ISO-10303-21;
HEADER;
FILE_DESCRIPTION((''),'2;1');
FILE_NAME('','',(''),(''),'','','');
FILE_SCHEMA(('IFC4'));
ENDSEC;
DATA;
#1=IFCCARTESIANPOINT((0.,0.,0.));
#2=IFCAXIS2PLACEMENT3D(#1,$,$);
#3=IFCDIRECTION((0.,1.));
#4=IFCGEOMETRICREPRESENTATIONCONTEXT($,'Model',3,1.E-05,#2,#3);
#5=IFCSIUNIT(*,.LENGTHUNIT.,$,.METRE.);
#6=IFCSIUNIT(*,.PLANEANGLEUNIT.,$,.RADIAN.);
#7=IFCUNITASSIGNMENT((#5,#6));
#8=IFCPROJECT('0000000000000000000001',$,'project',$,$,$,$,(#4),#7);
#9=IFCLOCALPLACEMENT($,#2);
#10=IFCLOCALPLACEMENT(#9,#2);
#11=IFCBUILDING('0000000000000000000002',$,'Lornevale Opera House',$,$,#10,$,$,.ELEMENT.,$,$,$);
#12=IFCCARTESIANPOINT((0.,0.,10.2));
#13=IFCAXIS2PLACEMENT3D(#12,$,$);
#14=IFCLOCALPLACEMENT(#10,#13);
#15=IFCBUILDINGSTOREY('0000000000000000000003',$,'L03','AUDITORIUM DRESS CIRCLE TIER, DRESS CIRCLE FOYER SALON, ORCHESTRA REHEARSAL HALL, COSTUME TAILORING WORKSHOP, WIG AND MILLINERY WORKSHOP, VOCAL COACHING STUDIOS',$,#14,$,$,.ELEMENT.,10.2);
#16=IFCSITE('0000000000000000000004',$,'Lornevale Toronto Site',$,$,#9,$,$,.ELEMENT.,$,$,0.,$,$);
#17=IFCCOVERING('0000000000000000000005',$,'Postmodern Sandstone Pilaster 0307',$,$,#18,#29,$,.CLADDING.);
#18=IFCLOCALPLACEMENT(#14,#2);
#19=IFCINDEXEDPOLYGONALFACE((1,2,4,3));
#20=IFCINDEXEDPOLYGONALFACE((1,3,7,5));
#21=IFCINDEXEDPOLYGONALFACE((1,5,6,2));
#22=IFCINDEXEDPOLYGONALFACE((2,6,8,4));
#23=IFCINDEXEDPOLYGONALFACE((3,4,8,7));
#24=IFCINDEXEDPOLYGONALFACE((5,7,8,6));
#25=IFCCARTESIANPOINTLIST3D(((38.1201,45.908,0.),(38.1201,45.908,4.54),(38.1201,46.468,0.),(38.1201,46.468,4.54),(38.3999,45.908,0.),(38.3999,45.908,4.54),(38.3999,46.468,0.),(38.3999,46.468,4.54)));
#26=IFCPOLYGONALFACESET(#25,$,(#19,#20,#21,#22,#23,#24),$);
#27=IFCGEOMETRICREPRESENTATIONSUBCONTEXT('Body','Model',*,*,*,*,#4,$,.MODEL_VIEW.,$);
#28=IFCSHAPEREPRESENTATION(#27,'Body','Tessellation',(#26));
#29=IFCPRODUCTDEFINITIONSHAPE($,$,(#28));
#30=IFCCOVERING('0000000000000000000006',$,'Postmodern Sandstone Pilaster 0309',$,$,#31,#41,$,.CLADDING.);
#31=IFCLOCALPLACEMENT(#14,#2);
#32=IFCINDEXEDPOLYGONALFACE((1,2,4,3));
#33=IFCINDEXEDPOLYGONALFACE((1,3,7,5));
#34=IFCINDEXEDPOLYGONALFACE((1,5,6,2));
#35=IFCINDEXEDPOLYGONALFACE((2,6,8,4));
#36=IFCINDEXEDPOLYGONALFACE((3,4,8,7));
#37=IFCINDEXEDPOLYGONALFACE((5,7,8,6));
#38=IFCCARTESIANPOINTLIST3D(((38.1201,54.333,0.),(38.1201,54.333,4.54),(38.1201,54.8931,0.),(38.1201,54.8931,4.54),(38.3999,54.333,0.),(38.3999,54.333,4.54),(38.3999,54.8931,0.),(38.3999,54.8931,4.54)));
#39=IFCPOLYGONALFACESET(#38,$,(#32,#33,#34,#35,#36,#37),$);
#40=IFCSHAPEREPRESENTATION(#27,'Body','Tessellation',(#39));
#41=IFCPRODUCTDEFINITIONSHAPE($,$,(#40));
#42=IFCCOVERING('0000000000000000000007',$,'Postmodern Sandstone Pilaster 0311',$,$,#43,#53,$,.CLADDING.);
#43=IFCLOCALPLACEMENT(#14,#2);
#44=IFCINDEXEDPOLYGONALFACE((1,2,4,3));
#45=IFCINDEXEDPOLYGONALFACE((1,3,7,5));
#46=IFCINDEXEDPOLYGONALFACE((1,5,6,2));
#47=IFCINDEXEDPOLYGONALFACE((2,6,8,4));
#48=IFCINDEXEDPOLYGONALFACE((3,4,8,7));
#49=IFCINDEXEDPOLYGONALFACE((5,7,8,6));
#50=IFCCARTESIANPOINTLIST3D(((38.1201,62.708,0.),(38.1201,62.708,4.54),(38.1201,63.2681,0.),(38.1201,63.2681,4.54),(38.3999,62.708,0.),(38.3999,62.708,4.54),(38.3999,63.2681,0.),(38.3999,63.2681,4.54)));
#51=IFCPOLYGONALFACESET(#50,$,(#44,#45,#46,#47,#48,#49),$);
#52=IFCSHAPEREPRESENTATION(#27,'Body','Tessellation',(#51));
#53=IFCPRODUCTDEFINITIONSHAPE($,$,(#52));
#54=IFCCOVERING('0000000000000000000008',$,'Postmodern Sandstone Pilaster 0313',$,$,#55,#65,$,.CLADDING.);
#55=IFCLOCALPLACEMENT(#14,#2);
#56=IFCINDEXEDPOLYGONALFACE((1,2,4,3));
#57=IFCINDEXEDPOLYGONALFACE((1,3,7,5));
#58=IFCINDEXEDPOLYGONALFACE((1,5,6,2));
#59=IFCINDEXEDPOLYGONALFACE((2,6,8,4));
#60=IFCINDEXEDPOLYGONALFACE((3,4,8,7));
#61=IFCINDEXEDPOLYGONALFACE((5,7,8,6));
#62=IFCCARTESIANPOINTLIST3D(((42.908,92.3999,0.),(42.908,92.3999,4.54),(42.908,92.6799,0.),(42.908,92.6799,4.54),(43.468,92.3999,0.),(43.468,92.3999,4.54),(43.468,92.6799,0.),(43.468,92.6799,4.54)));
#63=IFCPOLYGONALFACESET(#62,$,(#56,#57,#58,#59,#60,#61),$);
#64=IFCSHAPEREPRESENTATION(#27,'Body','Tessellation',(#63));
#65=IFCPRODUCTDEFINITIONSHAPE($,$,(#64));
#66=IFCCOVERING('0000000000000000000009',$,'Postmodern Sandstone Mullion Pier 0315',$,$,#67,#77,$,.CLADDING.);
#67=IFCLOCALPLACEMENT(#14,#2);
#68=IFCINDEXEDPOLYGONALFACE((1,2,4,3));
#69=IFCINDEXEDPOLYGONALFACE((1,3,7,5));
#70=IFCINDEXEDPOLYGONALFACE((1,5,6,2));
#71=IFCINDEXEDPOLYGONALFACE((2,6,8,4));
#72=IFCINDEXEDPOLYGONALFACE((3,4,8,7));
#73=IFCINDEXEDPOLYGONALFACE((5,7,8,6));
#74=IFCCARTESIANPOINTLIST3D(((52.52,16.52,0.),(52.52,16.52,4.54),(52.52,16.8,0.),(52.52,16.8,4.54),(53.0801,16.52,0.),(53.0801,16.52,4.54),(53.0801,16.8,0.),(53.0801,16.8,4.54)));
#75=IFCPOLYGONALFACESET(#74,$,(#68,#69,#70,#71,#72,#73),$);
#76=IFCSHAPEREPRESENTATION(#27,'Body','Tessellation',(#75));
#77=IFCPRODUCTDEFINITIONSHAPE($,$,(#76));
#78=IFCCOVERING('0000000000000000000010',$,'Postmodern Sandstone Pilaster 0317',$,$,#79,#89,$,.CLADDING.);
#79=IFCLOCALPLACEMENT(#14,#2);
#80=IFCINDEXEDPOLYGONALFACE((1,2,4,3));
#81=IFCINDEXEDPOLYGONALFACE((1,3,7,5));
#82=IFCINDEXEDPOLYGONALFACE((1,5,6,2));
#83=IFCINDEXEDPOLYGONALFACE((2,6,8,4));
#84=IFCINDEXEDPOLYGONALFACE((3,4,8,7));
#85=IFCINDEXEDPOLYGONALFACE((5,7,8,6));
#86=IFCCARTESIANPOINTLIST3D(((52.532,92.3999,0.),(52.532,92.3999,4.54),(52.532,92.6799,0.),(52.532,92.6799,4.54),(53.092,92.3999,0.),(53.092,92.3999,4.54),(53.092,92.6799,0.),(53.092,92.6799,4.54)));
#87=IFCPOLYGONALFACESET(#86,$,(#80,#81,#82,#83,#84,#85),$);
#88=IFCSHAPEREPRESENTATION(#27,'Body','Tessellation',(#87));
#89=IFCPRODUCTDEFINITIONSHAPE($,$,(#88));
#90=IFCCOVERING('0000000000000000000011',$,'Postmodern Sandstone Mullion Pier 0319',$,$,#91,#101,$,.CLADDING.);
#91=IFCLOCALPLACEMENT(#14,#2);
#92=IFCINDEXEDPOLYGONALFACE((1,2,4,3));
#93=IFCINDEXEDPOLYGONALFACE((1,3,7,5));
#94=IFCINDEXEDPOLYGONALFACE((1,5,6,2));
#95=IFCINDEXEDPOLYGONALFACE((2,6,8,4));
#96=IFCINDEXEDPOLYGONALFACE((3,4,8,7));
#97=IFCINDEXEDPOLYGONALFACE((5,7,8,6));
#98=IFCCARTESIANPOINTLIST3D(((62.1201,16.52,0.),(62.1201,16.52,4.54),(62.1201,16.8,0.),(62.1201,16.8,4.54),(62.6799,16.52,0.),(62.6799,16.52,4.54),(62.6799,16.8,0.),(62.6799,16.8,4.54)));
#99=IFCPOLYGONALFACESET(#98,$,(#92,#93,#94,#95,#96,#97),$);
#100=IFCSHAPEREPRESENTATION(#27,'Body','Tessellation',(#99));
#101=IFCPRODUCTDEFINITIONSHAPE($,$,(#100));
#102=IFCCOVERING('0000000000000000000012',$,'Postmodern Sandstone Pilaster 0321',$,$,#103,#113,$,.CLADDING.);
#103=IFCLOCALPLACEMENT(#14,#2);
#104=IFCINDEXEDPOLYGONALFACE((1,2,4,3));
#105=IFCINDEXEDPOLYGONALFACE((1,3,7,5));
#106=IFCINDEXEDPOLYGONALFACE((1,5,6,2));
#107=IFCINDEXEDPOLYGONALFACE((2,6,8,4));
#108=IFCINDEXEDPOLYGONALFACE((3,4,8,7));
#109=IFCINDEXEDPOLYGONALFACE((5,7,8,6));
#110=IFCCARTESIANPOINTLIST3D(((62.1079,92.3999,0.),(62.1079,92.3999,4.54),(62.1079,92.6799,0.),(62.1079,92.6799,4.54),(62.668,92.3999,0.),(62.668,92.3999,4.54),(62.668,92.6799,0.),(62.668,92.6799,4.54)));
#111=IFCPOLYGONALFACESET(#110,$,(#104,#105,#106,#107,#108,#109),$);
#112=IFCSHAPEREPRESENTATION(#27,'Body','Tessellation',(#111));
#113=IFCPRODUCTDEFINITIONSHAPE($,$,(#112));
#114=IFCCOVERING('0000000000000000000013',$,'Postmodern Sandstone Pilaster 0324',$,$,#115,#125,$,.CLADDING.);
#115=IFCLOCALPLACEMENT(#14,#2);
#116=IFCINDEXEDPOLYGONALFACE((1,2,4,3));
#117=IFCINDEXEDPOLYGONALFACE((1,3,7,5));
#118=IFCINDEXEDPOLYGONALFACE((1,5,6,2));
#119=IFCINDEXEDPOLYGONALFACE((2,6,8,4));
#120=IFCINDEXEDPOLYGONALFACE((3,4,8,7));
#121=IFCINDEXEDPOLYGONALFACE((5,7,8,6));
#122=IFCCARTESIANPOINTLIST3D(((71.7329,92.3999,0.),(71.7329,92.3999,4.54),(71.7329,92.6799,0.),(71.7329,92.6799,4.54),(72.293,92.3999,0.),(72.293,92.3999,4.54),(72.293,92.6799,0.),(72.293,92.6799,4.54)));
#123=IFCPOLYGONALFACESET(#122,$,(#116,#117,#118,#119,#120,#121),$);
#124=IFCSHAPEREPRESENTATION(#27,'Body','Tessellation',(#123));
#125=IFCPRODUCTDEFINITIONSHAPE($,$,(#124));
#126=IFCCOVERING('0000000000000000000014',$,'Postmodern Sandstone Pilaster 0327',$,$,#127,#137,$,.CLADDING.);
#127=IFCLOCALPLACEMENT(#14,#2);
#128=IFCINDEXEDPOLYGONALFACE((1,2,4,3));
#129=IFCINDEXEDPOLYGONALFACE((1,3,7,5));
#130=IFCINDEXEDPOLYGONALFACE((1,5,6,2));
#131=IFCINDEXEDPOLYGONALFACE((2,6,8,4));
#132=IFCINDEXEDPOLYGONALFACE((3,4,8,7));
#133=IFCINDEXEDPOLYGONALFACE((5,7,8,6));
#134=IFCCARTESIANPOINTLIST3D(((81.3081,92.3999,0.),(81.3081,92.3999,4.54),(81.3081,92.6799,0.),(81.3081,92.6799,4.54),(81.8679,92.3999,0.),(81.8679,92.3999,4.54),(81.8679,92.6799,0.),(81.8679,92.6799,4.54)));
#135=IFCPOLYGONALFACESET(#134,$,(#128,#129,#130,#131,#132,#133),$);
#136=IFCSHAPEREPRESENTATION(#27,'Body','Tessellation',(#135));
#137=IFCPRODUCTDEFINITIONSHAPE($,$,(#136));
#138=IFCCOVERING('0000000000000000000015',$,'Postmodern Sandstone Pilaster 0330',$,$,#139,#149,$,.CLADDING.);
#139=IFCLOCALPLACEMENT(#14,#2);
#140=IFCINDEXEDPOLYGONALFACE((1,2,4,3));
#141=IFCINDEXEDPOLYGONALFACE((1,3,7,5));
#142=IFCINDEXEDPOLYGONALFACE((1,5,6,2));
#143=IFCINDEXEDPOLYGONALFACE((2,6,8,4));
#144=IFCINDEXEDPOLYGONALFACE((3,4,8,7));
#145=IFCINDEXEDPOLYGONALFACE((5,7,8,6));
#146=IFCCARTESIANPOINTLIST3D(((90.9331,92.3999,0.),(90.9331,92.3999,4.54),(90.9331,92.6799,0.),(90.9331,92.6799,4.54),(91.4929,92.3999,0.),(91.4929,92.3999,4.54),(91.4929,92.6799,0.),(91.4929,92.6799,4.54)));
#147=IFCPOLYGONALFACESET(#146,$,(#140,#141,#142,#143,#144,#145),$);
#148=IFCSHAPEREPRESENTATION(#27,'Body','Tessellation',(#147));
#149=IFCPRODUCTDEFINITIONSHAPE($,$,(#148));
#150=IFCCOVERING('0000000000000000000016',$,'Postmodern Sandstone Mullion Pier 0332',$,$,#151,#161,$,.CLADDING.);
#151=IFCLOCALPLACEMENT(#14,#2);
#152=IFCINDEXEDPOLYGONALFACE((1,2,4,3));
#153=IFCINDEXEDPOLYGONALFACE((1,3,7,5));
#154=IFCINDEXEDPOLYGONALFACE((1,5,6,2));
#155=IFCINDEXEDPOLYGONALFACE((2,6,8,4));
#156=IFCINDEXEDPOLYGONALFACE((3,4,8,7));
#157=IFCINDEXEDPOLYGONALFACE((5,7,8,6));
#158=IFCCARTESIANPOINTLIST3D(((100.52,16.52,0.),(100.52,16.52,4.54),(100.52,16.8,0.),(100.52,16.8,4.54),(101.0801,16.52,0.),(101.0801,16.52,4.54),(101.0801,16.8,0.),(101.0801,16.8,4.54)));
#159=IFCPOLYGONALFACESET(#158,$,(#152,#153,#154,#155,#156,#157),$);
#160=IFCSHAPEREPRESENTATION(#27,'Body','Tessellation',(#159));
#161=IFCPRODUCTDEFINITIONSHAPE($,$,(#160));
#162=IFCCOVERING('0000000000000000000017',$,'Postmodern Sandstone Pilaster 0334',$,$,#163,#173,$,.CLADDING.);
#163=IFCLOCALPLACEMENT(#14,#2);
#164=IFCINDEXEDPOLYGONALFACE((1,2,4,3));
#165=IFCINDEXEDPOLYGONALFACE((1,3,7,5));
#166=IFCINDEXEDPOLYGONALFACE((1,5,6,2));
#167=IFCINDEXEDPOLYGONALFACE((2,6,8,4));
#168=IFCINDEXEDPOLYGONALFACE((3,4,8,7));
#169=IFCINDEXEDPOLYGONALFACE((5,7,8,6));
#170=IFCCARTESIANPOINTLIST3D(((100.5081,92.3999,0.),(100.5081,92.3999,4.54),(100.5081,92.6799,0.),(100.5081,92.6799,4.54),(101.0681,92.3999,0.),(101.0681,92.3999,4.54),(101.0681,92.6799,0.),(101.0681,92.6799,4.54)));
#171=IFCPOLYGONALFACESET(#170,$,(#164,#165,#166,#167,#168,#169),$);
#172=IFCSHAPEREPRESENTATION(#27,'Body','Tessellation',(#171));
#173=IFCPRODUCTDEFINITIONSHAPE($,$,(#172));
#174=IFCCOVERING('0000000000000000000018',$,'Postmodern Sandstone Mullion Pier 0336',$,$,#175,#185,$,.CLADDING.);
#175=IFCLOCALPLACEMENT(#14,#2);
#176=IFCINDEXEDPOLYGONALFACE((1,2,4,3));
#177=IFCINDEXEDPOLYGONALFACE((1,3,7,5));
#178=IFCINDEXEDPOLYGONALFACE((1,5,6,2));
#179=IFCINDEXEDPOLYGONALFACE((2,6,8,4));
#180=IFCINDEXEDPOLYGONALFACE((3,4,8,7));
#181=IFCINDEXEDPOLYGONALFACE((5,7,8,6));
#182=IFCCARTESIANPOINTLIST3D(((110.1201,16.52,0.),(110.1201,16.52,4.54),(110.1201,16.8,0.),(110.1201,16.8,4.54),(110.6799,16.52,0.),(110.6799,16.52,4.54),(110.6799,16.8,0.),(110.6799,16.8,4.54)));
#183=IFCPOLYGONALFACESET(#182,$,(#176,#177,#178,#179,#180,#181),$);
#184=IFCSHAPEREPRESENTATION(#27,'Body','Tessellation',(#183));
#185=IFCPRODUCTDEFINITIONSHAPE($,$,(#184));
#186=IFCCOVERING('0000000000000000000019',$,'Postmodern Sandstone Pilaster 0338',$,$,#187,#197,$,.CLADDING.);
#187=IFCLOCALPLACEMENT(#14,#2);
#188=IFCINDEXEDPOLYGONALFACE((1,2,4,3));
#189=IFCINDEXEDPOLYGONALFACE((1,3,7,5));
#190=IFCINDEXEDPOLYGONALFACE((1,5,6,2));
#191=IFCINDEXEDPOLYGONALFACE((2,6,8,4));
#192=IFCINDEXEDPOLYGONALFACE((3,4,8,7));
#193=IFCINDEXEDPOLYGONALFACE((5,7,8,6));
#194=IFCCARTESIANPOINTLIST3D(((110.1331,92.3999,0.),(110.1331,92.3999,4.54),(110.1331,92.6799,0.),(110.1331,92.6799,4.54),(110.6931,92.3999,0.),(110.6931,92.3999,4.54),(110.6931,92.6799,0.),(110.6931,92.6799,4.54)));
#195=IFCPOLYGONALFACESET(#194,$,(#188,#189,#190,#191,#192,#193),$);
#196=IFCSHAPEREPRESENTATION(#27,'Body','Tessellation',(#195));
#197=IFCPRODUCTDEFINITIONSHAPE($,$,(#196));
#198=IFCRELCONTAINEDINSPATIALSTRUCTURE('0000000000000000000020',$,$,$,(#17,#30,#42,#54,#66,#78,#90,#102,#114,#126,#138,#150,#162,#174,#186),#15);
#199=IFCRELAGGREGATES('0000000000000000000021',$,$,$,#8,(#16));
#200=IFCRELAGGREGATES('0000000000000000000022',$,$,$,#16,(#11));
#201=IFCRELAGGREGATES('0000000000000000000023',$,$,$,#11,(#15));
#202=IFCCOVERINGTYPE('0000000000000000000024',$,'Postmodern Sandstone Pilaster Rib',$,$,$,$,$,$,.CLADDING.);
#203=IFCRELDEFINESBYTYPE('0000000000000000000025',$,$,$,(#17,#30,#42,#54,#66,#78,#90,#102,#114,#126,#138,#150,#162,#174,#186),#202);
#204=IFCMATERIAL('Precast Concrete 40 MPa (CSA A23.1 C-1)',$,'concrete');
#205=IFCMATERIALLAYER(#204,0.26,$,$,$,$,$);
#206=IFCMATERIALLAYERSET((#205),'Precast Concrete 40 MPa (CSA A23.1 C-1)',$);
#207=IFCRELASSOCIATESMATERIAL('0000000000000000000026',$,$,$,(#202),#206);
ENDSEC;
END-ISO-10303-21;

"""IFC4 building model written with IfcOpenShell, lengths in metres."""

from ifc_helpers import new_model, si_unit, direction, frame, origin, place, context, subcontext, project, spatial, polyline, outline, extrude, material, layer, layer_set, type_object, element, save


model = new_model("IFC4")

# Units and contexts
model_context = context("Model", 3, precision=1e-05, world=origin(), true_north=direction((0.0, 1.0)))
body_context = subcontext(model_context, "Body", "Model", "MODEL_VIEW")
ifc_project = project(units=[si_unit("LENGTHUNIT", "METRE"), si_unit("PLANEANGLEUNIT", "RADIAN")], contexts=[model_context])

# Site, building, storey
site_placement = place(None, origin())
site = spatial("IfcSite", under=ifc_project, at=site_placement, Name="Lornevale Toronto Site", CompositionType="ELEMENT", RefElevation=0.0)
building_placement = place(site_placement, origin())
building = spatial("IfcBuilding", under=site, at=building_placement, Name="Lornevale Opera House", CompositionType="ELEMENT")
storey_placement = place(building_placement, frame((0.0, 0.0, 10.2)))
storey = spatial("IfcBuildingStorey", under=building, at=storey_placement, Name="L03", Description="AUDITORIUM DRESS CIRCLE TIER, DRESS CIRCLE FOYER SALON, ORCHESTRA REHEARSAL HALL, COSTUME TAILORING WORKSHOP, WIG AND MILLINERY WORKSHOP, VOCAL COACHING STUDIOS", CompositionType="ELEMENT", Elevation=10.2)

# Coverings
ifc_material_1 = material(Name="Precast Concrete 40 MPa (CSA A23.1 C-1)", Category="concrete")
ifc_layer_1 = layer(ifc_material_1, 0.26)
ifc_layer_set_1 = layer_set([ifc_layer_1], Name="Precast Concrete 40 MPa (CSA A23.1 C-1)")
covering_type_1 = type_object("IfcCoveringType", Name="Postmodern Sandstone Pilaster Rib", PredefinedType="CLADDING", material=ifc_layer_set_1)
covering_1_placement = place(storey_placement, origin())
element("IfcCovering", 1, at=covering_1_placement, inside=storey, type_object=covering_type_1, Name="Postmodern Sandstone Pilaster 0307", PredefinedType="CLADDING", context=body_context, shape_type="SweptSolid", body=[
    extrude(outline(polyline([(38.3999, 45.908), (38.3999, 46.468), (38.1201, 46.468), (38.1201, 45.908), (38.3999, 45.908)])), origin(), (0.0, 0.0, 1.0), 4.54),
])
covering_2_placement = place(storey_placement, origin())
element("IfcCovering", 2, at=covering_2_placement, inside=storey, type_object=covering_type_1, Name="Postmodern Sandstone Pilaster 0309", PredefinedType="CLADDING", context=body_context, shape_type="SweptSolid", body=[
    extrude(outline(polyline([(38.3999, 54.333), (38.3999, 54.8931), (38.1201, 54.8931), (38.1201, 54.333), (38.3999, 54.333)])), origin(), (0.0, 0.0, 1.0), 4.54),
])
covering_3_placement = place(storey_placement, origin())
element("IfcCovering", 3, at=covering_3_placement, inside=storey, type_object=covering_type_1, Name="Postmodern Sandstone Pilaster 0311", PredefinedType="CLADDING", context=body_context, shape_type="SweptSolid", body=[
    extrude(outline(polyline([(38.3999, 62.708), (38.3999, 63.2681), (38.1201, 63.2681), (38.1201, 62.708), (38.3999, 62.708)])), origin(), (0.0, 0.0, 1.0), 4.54),
])
covering_4_placement = place(storey_placement, origin())
element("IfcCovering", 4, at=covering_4_placement, inside=storey, type_object=covering_type_1, Name="Postmodern Sandstone Pilaster 0313", PredefinedType="CLADDING", context=body_context, shape_type="SweptSolid", body=[
    extrude(outline(polyline([(42.908, 92.3999), (43.468, 92.3999), (43.468, 92.6799), (42.908, 92.6799), (42.908, 92.3999)])), origin(), (0.0, 0.0, 1.0), 4.54),
])
covering_5_placement = place(storey_placement, origin())
element("IfcCovering", 5, at=covering_5_placement, inside=storey, type_object=covering_type_1, Name="Postmodern Sandstone Mullion Pier 0315", PredefinedType="CLADDING", context=body_context, shape_type="SweptSolid", body=[
    extrude(outline(polyline([(53.0801, 16.8), (52.52, 16.8), (52.52, 16.52), (53.0801, 16.52), (53.0801, 16.8)])), origin(), (0.0, 0.0, 1.0), 4.54),
])
covering_6_placement = place(storey_placement, origin())
element("IfcCovering", 6, at=covering_6_placement, inside=storey, type_object=covering_type_1, Name="Postmodern Sandstone Pilaster 0317", PredefinedType="CLADDING", context=body_context, shape_type="SweptSolid", body=[
    extrude(outline(polyline([(52.532, 92.3999), (53.092, 92.3999), (53.092, 92.6799), (52.532, 92.6799), (52.532, 92.3999)])), origin(), (0.0, 0.0, 1.0), 4.54),
])
covering_7_placement = place(storey_placement, origin())
element("IfcCovering", 7, at=covering_7_placement, inside=storey, type_object=covering_type_1, Name="Postmodern Sandstone Mullion Pier 0319", PredefinedType="CLADDING", context=body_context, shape_type="SweptSolid", body=[
    extrude(outline(polyline([(62.6799, 16.8), (62.1201, 16.8), (62.1201, 16.52), (62.6799, 16.52), (62.6799, 16.8)])), origin(), (0.0, 0.0, 1.0), 4.54),
])
covering_8_placement = place(storey_placement, origin())
element("IfcCovering", 8, at=covering_8_placement, inside=storey, type_object=covering_type_1, Name="Postmodern Sandstone Pilaster 0321", PredefinedType="CLADDING", context=body_context, shape_type="SweptSolid", body=[
    extrude(outline(polyline([(62.1079, 92.3999), (62.668, 92.3999), (62.668, 92.6799), (62.1079, 92.6799), (62.1079, 92.3999)])), origin(), (0.0, 0.0, 1.0), 4.54),
])
covering_9_placement = place(storey_placement, origin())
element("IfcCovering", 9, at=covering_9_placement, inside=storey, type_object=covering_type_1, Name="Postmodern Sandstone Pilaster 0324", PredefinedType="CLADDING", context=body_context, shape_type="SweptSolid", body=[
    extrude(outline(polyline([(71.7329, 92.3999), (72.293, 92.3999), (72.293, 92.6799), (71.7329, 92.6799), (71.7329, 92.3999)])), origin(), (0.0, 0.0, 1.0), 4.54),
])
covering_10_placement = place(storey_placement, origin())
element("IfcCovering", 10, at=covering_10_placement, inside=storey, type_object=covering_type_1, Name="Postmodern Sandstone Pilaster 0327", PredefinedType="CLADDING", context=body_context, shape_type="SweptSolid", body=[
    extrude(outline(polyline([(81.3081, 92.3999), (81.8679, 92.3999), (81.8679, 92.6799), (81.3081, 92.6799), (81.3081, 92.3999)])), origin(), (0.0, 0.0, 1.0), 4.54),
])
covering_11_placement = place(storey_placement, origin())
element("IfcCovering", 11, at=covering_11_placement, inside=storey, type_object=covering_type_1, Name="Postmodern Sandstone Pilaster 0330", PredefinedType="CLADDING", context=body_context, shape_type="SweptSolid", body=[
    extrude(outline(polyline([(90.9331, 92.3999), (91.4929, 92.3999), (91.4929, 92.6799), (90.9331, 92.6799), (90.9331, 92.3999)])), origin(), (0.0, 0.0, 1.0), 4.54),
])
covering_12_placement = place(storey_placement, origin())
element("IfcCovering", 12, at=covering_12_placement, inside=storey, type_object=covering_type_1, Name="Postmodern Sandstone Mullion Pier 0332", PredefinedType="CLADDING", context=body_context, shape_type="SweptSolid", body=[
    extrude(outline(polyline([(101.0801, 16.8), (100.52, 16.8), (100.52, 16.52), (101.0801, 16.52), (101.0801, 16.8)])), origin(), (0.0, 0.0, 1.0), 4.54),
])
covering_13_placement = place(storey_placement, origin())
element("IfcCovering", 13, at=covering_13_placement, inside=storey, type_object=covering_type_1, Name="Postmodern Sandstone Pilaster 0334", PredefinedType="CLADDING", context=body_context, shape_type="SweptSolid", body=[
    extrude(outline(polyline([(100.5081, 92.3999), (101.0681, 92.3999), (101.0681, 92.6799), (100.5081, 92.6799), (100.5081, 92.3999)])), origin(), (0.0, 0.0, 1.0), 4.54),
])
covering_14_placement = place(storey_placement, origin())
element("IfcCovering", 14, at=covering_14_placement, inside=storey, type_object=covering_type_1, Name="Postmodern Sandstone Mullion Pier 0336", PredefinedType="CLADDING", context=body_context, shape_type="SweptSolid", body=[
    extrude(outline(polyline([(110.6799, 16.8), (110.1201, 16.8), (110.1201, 16.52), (110.6799, 16.52), (110.6799, 16.8)])), origin(), (0.0, 0.0, 1.0), 4.54),
])
covering_15_placement = place(storey_placement, origin())
element("IfcCovering", 15, at=covering_15_placement, inside=storey, type_object=covering_type_1, Name="Postmodern Sandstone Pilaster 0338", PredefinedType="CLADDING", context=body_context, shape_type="SweptSolid", body=[
    extrude(outline(polyline([(110.1331, 92.3999), (110.6931, 92.3999), (110.6931, 92.6799), (110.1331, 92.6799), (110.1331, 92.3999)])), origin(), (0.0, 0.0, 1.0), 4.54),
])

save(model, "model.ifc")
